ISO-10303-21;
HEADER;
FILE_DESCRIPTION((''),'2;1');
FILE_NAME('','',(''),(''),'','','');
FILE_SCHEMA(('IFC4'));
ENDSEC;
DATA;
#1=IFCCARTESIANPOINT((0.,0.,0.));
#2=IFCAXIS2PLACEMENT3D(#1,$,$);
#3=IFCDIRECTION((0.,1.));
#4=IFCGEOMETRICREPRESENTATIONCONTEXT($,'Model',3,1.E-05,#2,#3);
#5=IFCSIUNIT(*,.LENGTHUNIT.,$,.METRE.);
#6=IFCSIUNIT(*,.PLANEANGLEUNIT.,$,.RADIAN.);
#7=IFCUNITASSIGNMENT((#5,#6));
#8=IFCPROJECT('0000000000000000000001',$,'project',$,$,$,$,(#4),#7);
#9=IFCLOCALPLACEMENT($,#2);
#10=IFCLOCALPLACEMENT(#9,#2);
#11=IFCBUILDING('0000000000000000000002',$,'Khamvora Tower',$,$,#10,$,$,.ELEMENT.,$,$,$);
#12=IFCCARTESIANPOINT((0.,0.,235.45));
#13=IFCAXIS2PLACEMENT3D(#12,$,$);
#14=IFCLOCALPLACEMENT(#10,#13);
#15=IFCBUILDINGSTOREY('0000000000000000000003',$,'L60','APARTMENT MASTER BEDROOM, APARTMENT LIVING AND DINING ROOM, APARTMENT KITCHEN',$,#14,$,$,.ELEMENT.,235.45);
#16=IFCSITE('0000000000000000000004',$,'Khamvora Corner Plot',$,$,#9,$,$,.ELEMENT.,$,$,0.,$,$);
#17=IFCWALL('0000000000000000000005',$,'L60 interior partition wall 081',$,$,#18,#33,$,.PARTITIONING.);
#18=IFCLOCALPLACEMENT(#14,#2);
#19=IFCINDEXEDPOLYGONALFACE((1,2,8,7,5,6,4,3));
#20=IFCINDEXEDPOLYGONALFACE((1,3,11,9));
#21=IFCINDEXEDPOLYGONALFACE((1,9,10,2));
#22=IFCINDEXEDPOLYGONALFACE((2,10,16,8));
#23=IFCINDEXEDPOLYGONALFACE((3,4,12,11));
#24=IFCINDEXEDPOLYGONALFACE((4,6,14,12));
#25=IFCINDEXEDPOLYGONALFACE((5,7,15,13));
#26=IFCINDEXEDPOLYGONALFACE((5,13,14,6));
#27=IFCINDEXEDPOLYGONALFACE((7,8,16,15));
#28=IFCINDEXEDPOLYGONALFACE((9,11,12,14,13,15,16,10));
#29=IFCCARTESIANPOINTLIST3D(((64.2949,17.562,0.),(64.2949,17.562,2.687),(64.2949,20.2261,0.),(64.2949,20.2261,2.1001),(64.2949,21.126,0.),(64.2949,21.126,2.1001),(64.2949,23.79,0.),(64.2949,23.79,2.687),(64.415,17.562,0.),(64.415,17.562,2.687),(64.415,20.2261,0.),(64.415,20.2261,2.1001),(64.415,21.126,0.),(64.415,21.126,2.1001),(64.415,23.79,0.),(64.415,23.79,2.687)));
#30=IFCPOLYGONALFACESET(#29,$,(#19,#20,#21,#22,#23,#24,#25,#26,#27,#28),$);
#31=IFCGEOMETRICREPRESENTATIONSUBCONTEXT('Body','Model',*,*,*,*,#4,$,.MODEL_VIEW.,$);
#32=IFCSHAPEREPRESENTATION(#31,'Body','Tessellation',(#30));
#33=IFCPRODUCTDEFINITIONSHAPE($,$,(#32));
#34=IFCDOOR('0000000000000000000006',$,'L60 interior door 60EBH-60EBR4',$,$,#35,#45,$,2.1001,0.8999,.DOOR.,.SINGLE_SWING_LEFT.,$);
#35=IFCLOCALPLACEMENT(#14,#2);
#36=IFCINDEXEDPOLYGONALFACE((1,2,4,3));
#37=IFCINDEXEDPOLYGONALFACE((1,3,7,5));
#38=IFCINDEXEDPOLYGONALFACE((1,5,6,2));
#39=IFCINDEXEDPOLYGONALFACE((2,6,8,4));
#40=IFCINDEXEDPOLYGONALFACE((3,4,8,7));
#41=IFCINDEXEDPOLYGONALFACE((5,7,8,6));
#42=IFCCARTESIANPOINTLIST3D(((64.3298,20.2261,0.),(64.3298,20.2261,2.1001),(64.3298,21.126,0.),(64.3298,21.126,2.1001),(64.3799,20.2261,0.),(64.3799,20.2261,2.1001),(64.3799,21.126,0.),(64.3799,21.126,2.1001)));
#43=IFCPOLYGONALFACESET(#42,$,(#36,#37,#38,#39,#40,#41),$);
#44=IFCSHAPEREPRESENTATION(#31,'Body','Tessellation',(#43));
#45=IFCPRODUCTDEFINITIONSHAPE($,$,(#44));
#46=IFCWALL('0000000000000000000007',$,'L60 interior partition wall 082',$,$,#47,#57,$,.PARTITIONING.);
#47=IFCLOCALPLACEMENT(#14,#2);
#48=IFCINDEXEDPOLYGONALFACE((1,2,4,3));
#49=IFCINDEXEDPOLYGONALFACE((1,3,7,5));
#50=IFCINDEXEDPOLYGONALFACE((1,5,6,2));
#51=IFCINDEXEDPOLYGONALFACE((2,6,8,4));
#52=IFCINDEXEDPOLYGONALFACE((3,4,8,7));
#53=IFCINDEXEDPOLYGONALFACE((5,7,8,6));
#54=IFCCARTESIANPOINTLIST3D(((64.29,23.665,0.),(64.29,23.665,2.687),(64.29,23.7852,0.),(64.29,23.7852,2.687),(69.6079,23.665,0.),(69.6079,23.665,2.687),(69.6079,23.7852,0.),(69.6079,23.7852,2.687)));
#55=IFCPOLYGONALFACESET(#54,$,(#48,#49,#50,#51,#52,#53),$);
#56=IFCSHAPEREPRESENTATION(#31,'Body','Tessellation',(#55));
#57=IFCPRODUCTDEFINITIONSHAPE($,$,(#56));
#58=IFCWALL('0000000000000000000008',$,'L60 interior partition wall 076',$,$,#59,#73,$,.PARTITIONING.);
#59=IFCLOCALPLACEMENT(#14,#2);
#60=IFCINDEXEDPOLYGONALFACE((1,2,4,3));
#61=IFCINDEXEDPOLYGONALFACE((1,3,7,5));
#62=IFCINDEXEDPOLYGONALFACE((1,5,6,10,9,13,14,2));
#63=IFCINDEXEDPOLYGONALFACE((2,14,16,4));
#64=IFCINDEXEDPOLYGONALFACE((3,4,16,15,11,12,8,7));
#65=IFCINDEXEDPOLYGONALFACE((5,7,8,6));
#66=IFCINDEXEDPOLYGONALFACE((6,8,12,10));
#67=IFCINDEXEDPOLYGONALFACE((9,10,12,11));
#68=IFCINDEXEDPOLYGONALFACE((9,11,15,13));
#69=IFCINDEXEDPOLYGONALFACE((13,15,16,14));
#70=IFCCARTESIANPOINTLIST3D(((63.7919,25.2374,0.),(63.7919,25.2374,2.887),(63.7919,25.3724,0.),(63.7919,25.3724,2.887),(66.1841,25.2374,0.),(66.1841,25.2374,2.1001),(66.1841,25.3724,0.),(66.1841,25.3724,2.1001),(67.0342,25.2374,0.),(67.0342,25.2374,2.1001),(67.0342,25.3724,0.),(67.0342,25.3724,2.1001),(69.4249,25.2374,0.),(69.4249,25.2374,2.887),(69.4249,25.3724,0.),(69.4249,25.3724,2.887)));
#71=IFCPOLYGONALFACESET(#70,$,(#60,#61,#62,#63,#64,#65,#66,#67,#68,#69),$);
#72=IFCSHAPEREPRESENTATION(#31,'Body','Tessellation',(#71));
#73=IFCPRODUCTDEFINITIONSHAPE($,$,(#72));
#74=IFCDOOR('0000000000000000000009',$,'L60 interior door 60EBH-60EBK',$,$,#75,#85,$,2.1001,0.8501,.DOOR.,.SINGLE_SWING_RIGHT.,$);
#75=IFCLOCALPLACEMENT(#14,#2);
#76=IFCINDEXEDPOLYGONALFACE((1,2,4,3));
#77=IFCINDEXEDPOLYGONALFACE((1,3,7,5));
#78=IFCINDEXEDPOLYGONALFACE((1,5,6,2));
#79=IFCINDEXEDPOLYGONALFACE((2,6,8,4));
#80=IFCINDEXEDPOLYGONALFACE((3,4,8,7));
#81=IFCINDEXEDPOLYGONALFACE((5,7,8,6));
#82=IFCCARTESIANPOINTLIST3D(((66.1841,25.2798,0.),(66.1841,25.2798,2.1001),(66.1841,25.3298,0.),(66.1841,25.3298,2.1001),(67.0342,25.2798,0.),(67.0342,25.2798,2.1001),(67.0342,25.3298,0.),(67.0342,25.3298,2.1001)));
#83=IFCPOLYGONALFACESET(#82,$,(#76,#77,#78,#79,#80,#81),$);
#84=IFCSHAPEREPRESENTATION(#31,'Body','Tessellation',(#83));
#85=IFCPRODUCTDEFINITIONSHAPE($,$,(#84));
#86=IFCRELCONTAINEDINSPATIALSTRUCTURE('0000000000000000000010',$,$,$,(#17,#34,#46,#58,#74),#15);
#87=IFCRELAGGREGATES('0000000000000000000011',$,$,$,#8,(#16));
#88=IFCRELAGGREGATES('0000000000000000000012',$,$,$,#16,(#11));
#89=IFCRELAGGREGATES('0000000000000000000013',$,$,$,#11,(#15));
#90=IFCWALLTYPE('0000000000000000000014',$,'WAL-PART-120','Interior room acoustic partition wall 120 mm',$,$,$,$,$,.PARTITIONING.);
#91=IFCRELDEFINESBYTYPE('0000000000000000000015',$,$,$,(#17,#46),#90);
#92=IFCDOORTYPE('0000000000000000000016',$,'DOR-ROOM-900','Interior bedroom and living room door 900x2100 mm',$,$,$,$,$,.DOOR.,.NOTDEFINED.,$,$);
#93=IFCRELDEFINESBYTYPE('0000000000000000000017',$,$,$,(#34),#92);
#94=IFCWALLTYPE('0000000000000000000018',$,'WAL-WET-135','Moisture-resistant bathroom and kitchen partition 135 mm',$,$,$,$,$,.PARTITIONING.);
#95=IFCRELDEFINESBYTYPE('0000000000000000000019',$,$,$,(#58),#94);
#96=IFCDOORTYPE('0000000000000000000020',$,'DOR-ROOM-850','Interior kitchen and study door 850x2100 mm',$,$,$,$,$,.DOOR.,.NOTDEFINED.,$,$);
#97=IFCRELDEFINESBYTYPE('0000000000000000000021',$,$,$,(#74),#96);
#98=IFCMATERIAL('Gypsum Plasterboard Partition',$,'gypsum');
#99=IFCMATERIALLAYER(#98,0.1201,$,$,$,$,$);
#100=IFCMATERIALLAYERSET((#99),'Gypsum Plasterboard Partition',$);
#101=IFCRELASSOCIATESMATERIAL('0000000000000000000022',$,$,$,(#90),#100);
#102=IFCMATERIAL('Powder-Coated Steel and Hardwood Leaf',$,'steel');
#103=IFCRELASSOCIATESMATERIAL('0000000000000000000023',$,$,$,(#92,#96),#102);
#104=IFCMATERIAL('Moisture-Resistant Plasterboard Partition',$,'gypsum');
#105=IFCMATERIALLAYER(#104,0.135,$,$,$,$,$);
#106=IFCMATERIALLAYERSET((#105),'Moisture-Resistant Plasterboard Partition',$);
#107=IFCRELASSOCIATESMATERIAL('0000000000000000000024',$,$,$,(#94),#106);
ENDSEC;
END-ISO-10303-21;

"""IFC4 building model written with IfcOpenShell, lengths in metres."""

from ifc_helpers import new_model, si_unit, direction, frame, frame_2d, origin, place, context, subcontext, project, spatial, rectangle, extrude, material, layer, layer_set, type_object, element, fill, save


model = new_model("IFC4")

# Units and contexts
model_context = context("Model", 3, precision=1e-05, world=origin(), true_north=direction((0.0, 1.0)))
body_context = subcontext(model_context, "Body", "Model", "MODEL_VIEW")
ifc_project = project(units=[si_unit("LENGTHUNIT", "METRE"), si_unit("PLANEANGLEUNIT", "RADIAN")], contexts=[model_context])

# Site, building, storey
site_placement = place(None, origin())
site = spatial("IfcSite", under=ifc_project, at=site_placement, Name="Khamvora Corner Plot", CompositionType="ELEMENT", RefElevation=0.0)
building_placement = place(site_placement, origin())
building = spatial("IfcBuilding", under=site, at=building_placement, Name="Khamvora Tower", CompositionType="ELEMENT")
storey_placement = place(building_placement, frame((0.0, 0.0, 235.45)))
storey = spatial("IfcBuildingStorey", under=building, at=storey_placement, Name="L60", Description="APARTMENT MASTER BEDROOM, APARTMENT LIVING AND DINING ROOM, APARTMENT KITCHEN", CompositionType="ELEMENT", Elevation=235.45)

# Shared definitions
ifc_material_1 = material(Name="Gypsum Plasterboard Partition", Category="gypsum")
ifc_layer_1 = layer(ifc_material_1, 0.1201)
ifc_layer_set_1 = layer_set([ifc_layer_1], Name="Gypsum Plasterboard Partition")
wall_type_1 = type_object("IfcWallType", Name="WAL-PART-120", Description="Interior room acoustic partition wall 120 mm", PredefinedType="PARTITIONING", material=ifc_layer_set_1)

# Wall, opening, door
wall_1_placement = place(storey_placement, frame((64.355, 23.79, 0.0), z_axis=(0.0, 0.0, 1.0), x_axis=(0.0, -1.0, 0.0)))
wall_1 = element("IfcWall", 1, at=wall_1_placement, inside=storey, type_object=wall_type_1, Name="L60 interior partition wall 081", PredefinedType="PARTITIONING", context=body_context, shape_type="SweptSolid", body=[
    extrude(rectangle(XDim=6.228, YDim=0.1201, at=frame_2d((3.114, 0.0))), origin(), (0.0, 0.0, 1.0), 2.687),
])
opening_1_placement = place(wall_1_placement, frame((2.6641, 0.0, 0.0)))
opening_1 = element("IfcOpeningElement", 2, at=opening_1_placement, cuts=wall_1, PredefinedType="OPENING", context=body_context, shape_type="SweptSolid", body=[
    extrude(rectangle(XDim=0.8999, YDim=2.1001, at=frame_2d((0.45, 1.05))), frame((0.0, 0.0701, 0.0), z_axis=(0.0, -1.0, 0.0), x_axis=(1.0, 0.0, 0.0)), (0.0, 0.0, 1.0), 0.1401),
])
ifc_material_2 = material(Name="Powder-Coated Steel and Hardwood Leaf", Category="steel")
door_type_1 = type_object("IfcDoorType", Name="DOR-ROOM-900", Description="Interior bedroom and living room door 900x2100 mm", OperationType="NOTDEFINED", PredefinedType="DOOR", material=ifc_material_2)
door_1_placement = place(opening_1_placement, origin())
door_1 = element("IfcDoor", 3, at=door_1_placement, inside=storey, type_object=door_type_1, Name="L60 interior door 60EBH-60EBR4", OperationType="SINGLE_SWING_LEFT", OverallHeight=2.1001, OverallWidth=0.8999, PredefinedType="DOOR", context=body_context, shape_type="SweptSolid", body=[
    extrude(rectangle(XDim=0.8999, YDim=2.1001, at=frame_2d((0.45, 1.05))), frame((0.0, 0.0249, 0.0), z_axis=(0.0, -1.0, 0.0), x_axis=(1.0, 0.0, 0.0)), (0.0, 0.0, 1.0), 0.05),
])
fill(opening_1, door_1)

# Wall
wall_2_placement = place(storey_placement, frame((69.6079, 23.7251, 0.0), z_axis=(0.0, 0.0, 1.0), x_axis=(-1.0, 0.0, 0.0)))
element("IfcWall", 4, at=wall_2_placement, inside=storey, type_object=wall_type_1, Name="L60 interior partition wall 082", PredefinedType="PARTITIONING", context=body_context, shape_type="SweptSolid", body=[
    extrude(rectangle(XDim=5.3179, YDim=0.1201, at=frame_2d((2.6589, 0.0))), origin(), (0.0, 0.0, 1.0), 2.687),
])

# Wall, opening, door
ifc_material_3 = material(Name="Moisture-Resistant Plasterboard Partition", Category="gypsum")
ifc_layer_2 = layer(ifc_material_3, 0.135)
ifc_layer_set_2 = layer_set([ifc_layer_2], Name="Moisture-Resistant Plasterboard Partition")
wall_type_2 = type_object("IfcWallType", Name="WAL-WET-135", Description="Moisture-resistant bathroom and kitchen partition 135 mm", PredefinedType="PARTITIONING", material=ifc_layer_set_2)
wall_3_placement = place(storey_placement, frame((63.792, 25.3049, 0.0), z_axis=(0.0, 0.0, 1.0), x_axis=(1.0, 0.0, 0.0)))
wall_3 = element("IfcWall", 5, at=wall_3_placement, inside=storey, type_object=wall_type_2, Name="L60 interior partition wall 076", PredefinedType="PARTITIONING", context=body_context, shape_type="SweptSolid", body=[
    extrude(rectangle(XDim=5.6331, YDim=0.135, at=frame_2d((2.8164, 0.0))), origin(), (0.0, 0.0, 1.0), 2.887),
])
opening_2_placement = place(wall_3_placement, frame((2.3921, 0.0, 0.0)))
opening_2 = element("IfcOpeningElement", 6, at=opening_2_placement, cuts=wall_3, PredefinedType="OPENING", context=body_context, shape_type="SweptSolid", body=[
    extrude(rectangle(XDim=0.8501, YDim=2.1001, at=frame_2d((0.425, 1.05))), frame((0.0, 0.0774, 0.0), z_axis=(0.0, -1.0, 0.0), x_axis=(1.0, 0.0, 0.0)), (0.0, 0.0, 1.0), 0.155),
])
door_type_2 = type_object("IfcDoorType", Name="DOR-ROOM-850", Description="Interior kitchen and study door 850x2100 mm", OperationType="NOTDEFINED", PredefinedType="DOOR", material=ifc_material_2)
door_2_placement = place(opening_2_placement, origin())
door_2 = element("IfcDoor", 7, at=door_2_placement, inside=storey, type_object=door_type_2, Name="L60 interior door 60EBH-60EBK", OperationType="SINGLE_SWING_RIGHT", OverallHeight=2.1001, OverallWidth=0.8501, PredefinedType="DOOR", context=body_context, shape_type="SweptSolid", body=[
    extrude(rectangle(XDim=0.8501, YDim=2.1001, at=frame_2d((0.425, 1.05))), frame((0.0, 0.0249, 0.0), z_axis=(0.0, -1.0, 0.0), x_axis=(1.0, 0.0, 0.0)), (0.0, 0.0, 1.0), 0.05),
])
fill(opening_2, door_2)

save(model, "model.ifc")
